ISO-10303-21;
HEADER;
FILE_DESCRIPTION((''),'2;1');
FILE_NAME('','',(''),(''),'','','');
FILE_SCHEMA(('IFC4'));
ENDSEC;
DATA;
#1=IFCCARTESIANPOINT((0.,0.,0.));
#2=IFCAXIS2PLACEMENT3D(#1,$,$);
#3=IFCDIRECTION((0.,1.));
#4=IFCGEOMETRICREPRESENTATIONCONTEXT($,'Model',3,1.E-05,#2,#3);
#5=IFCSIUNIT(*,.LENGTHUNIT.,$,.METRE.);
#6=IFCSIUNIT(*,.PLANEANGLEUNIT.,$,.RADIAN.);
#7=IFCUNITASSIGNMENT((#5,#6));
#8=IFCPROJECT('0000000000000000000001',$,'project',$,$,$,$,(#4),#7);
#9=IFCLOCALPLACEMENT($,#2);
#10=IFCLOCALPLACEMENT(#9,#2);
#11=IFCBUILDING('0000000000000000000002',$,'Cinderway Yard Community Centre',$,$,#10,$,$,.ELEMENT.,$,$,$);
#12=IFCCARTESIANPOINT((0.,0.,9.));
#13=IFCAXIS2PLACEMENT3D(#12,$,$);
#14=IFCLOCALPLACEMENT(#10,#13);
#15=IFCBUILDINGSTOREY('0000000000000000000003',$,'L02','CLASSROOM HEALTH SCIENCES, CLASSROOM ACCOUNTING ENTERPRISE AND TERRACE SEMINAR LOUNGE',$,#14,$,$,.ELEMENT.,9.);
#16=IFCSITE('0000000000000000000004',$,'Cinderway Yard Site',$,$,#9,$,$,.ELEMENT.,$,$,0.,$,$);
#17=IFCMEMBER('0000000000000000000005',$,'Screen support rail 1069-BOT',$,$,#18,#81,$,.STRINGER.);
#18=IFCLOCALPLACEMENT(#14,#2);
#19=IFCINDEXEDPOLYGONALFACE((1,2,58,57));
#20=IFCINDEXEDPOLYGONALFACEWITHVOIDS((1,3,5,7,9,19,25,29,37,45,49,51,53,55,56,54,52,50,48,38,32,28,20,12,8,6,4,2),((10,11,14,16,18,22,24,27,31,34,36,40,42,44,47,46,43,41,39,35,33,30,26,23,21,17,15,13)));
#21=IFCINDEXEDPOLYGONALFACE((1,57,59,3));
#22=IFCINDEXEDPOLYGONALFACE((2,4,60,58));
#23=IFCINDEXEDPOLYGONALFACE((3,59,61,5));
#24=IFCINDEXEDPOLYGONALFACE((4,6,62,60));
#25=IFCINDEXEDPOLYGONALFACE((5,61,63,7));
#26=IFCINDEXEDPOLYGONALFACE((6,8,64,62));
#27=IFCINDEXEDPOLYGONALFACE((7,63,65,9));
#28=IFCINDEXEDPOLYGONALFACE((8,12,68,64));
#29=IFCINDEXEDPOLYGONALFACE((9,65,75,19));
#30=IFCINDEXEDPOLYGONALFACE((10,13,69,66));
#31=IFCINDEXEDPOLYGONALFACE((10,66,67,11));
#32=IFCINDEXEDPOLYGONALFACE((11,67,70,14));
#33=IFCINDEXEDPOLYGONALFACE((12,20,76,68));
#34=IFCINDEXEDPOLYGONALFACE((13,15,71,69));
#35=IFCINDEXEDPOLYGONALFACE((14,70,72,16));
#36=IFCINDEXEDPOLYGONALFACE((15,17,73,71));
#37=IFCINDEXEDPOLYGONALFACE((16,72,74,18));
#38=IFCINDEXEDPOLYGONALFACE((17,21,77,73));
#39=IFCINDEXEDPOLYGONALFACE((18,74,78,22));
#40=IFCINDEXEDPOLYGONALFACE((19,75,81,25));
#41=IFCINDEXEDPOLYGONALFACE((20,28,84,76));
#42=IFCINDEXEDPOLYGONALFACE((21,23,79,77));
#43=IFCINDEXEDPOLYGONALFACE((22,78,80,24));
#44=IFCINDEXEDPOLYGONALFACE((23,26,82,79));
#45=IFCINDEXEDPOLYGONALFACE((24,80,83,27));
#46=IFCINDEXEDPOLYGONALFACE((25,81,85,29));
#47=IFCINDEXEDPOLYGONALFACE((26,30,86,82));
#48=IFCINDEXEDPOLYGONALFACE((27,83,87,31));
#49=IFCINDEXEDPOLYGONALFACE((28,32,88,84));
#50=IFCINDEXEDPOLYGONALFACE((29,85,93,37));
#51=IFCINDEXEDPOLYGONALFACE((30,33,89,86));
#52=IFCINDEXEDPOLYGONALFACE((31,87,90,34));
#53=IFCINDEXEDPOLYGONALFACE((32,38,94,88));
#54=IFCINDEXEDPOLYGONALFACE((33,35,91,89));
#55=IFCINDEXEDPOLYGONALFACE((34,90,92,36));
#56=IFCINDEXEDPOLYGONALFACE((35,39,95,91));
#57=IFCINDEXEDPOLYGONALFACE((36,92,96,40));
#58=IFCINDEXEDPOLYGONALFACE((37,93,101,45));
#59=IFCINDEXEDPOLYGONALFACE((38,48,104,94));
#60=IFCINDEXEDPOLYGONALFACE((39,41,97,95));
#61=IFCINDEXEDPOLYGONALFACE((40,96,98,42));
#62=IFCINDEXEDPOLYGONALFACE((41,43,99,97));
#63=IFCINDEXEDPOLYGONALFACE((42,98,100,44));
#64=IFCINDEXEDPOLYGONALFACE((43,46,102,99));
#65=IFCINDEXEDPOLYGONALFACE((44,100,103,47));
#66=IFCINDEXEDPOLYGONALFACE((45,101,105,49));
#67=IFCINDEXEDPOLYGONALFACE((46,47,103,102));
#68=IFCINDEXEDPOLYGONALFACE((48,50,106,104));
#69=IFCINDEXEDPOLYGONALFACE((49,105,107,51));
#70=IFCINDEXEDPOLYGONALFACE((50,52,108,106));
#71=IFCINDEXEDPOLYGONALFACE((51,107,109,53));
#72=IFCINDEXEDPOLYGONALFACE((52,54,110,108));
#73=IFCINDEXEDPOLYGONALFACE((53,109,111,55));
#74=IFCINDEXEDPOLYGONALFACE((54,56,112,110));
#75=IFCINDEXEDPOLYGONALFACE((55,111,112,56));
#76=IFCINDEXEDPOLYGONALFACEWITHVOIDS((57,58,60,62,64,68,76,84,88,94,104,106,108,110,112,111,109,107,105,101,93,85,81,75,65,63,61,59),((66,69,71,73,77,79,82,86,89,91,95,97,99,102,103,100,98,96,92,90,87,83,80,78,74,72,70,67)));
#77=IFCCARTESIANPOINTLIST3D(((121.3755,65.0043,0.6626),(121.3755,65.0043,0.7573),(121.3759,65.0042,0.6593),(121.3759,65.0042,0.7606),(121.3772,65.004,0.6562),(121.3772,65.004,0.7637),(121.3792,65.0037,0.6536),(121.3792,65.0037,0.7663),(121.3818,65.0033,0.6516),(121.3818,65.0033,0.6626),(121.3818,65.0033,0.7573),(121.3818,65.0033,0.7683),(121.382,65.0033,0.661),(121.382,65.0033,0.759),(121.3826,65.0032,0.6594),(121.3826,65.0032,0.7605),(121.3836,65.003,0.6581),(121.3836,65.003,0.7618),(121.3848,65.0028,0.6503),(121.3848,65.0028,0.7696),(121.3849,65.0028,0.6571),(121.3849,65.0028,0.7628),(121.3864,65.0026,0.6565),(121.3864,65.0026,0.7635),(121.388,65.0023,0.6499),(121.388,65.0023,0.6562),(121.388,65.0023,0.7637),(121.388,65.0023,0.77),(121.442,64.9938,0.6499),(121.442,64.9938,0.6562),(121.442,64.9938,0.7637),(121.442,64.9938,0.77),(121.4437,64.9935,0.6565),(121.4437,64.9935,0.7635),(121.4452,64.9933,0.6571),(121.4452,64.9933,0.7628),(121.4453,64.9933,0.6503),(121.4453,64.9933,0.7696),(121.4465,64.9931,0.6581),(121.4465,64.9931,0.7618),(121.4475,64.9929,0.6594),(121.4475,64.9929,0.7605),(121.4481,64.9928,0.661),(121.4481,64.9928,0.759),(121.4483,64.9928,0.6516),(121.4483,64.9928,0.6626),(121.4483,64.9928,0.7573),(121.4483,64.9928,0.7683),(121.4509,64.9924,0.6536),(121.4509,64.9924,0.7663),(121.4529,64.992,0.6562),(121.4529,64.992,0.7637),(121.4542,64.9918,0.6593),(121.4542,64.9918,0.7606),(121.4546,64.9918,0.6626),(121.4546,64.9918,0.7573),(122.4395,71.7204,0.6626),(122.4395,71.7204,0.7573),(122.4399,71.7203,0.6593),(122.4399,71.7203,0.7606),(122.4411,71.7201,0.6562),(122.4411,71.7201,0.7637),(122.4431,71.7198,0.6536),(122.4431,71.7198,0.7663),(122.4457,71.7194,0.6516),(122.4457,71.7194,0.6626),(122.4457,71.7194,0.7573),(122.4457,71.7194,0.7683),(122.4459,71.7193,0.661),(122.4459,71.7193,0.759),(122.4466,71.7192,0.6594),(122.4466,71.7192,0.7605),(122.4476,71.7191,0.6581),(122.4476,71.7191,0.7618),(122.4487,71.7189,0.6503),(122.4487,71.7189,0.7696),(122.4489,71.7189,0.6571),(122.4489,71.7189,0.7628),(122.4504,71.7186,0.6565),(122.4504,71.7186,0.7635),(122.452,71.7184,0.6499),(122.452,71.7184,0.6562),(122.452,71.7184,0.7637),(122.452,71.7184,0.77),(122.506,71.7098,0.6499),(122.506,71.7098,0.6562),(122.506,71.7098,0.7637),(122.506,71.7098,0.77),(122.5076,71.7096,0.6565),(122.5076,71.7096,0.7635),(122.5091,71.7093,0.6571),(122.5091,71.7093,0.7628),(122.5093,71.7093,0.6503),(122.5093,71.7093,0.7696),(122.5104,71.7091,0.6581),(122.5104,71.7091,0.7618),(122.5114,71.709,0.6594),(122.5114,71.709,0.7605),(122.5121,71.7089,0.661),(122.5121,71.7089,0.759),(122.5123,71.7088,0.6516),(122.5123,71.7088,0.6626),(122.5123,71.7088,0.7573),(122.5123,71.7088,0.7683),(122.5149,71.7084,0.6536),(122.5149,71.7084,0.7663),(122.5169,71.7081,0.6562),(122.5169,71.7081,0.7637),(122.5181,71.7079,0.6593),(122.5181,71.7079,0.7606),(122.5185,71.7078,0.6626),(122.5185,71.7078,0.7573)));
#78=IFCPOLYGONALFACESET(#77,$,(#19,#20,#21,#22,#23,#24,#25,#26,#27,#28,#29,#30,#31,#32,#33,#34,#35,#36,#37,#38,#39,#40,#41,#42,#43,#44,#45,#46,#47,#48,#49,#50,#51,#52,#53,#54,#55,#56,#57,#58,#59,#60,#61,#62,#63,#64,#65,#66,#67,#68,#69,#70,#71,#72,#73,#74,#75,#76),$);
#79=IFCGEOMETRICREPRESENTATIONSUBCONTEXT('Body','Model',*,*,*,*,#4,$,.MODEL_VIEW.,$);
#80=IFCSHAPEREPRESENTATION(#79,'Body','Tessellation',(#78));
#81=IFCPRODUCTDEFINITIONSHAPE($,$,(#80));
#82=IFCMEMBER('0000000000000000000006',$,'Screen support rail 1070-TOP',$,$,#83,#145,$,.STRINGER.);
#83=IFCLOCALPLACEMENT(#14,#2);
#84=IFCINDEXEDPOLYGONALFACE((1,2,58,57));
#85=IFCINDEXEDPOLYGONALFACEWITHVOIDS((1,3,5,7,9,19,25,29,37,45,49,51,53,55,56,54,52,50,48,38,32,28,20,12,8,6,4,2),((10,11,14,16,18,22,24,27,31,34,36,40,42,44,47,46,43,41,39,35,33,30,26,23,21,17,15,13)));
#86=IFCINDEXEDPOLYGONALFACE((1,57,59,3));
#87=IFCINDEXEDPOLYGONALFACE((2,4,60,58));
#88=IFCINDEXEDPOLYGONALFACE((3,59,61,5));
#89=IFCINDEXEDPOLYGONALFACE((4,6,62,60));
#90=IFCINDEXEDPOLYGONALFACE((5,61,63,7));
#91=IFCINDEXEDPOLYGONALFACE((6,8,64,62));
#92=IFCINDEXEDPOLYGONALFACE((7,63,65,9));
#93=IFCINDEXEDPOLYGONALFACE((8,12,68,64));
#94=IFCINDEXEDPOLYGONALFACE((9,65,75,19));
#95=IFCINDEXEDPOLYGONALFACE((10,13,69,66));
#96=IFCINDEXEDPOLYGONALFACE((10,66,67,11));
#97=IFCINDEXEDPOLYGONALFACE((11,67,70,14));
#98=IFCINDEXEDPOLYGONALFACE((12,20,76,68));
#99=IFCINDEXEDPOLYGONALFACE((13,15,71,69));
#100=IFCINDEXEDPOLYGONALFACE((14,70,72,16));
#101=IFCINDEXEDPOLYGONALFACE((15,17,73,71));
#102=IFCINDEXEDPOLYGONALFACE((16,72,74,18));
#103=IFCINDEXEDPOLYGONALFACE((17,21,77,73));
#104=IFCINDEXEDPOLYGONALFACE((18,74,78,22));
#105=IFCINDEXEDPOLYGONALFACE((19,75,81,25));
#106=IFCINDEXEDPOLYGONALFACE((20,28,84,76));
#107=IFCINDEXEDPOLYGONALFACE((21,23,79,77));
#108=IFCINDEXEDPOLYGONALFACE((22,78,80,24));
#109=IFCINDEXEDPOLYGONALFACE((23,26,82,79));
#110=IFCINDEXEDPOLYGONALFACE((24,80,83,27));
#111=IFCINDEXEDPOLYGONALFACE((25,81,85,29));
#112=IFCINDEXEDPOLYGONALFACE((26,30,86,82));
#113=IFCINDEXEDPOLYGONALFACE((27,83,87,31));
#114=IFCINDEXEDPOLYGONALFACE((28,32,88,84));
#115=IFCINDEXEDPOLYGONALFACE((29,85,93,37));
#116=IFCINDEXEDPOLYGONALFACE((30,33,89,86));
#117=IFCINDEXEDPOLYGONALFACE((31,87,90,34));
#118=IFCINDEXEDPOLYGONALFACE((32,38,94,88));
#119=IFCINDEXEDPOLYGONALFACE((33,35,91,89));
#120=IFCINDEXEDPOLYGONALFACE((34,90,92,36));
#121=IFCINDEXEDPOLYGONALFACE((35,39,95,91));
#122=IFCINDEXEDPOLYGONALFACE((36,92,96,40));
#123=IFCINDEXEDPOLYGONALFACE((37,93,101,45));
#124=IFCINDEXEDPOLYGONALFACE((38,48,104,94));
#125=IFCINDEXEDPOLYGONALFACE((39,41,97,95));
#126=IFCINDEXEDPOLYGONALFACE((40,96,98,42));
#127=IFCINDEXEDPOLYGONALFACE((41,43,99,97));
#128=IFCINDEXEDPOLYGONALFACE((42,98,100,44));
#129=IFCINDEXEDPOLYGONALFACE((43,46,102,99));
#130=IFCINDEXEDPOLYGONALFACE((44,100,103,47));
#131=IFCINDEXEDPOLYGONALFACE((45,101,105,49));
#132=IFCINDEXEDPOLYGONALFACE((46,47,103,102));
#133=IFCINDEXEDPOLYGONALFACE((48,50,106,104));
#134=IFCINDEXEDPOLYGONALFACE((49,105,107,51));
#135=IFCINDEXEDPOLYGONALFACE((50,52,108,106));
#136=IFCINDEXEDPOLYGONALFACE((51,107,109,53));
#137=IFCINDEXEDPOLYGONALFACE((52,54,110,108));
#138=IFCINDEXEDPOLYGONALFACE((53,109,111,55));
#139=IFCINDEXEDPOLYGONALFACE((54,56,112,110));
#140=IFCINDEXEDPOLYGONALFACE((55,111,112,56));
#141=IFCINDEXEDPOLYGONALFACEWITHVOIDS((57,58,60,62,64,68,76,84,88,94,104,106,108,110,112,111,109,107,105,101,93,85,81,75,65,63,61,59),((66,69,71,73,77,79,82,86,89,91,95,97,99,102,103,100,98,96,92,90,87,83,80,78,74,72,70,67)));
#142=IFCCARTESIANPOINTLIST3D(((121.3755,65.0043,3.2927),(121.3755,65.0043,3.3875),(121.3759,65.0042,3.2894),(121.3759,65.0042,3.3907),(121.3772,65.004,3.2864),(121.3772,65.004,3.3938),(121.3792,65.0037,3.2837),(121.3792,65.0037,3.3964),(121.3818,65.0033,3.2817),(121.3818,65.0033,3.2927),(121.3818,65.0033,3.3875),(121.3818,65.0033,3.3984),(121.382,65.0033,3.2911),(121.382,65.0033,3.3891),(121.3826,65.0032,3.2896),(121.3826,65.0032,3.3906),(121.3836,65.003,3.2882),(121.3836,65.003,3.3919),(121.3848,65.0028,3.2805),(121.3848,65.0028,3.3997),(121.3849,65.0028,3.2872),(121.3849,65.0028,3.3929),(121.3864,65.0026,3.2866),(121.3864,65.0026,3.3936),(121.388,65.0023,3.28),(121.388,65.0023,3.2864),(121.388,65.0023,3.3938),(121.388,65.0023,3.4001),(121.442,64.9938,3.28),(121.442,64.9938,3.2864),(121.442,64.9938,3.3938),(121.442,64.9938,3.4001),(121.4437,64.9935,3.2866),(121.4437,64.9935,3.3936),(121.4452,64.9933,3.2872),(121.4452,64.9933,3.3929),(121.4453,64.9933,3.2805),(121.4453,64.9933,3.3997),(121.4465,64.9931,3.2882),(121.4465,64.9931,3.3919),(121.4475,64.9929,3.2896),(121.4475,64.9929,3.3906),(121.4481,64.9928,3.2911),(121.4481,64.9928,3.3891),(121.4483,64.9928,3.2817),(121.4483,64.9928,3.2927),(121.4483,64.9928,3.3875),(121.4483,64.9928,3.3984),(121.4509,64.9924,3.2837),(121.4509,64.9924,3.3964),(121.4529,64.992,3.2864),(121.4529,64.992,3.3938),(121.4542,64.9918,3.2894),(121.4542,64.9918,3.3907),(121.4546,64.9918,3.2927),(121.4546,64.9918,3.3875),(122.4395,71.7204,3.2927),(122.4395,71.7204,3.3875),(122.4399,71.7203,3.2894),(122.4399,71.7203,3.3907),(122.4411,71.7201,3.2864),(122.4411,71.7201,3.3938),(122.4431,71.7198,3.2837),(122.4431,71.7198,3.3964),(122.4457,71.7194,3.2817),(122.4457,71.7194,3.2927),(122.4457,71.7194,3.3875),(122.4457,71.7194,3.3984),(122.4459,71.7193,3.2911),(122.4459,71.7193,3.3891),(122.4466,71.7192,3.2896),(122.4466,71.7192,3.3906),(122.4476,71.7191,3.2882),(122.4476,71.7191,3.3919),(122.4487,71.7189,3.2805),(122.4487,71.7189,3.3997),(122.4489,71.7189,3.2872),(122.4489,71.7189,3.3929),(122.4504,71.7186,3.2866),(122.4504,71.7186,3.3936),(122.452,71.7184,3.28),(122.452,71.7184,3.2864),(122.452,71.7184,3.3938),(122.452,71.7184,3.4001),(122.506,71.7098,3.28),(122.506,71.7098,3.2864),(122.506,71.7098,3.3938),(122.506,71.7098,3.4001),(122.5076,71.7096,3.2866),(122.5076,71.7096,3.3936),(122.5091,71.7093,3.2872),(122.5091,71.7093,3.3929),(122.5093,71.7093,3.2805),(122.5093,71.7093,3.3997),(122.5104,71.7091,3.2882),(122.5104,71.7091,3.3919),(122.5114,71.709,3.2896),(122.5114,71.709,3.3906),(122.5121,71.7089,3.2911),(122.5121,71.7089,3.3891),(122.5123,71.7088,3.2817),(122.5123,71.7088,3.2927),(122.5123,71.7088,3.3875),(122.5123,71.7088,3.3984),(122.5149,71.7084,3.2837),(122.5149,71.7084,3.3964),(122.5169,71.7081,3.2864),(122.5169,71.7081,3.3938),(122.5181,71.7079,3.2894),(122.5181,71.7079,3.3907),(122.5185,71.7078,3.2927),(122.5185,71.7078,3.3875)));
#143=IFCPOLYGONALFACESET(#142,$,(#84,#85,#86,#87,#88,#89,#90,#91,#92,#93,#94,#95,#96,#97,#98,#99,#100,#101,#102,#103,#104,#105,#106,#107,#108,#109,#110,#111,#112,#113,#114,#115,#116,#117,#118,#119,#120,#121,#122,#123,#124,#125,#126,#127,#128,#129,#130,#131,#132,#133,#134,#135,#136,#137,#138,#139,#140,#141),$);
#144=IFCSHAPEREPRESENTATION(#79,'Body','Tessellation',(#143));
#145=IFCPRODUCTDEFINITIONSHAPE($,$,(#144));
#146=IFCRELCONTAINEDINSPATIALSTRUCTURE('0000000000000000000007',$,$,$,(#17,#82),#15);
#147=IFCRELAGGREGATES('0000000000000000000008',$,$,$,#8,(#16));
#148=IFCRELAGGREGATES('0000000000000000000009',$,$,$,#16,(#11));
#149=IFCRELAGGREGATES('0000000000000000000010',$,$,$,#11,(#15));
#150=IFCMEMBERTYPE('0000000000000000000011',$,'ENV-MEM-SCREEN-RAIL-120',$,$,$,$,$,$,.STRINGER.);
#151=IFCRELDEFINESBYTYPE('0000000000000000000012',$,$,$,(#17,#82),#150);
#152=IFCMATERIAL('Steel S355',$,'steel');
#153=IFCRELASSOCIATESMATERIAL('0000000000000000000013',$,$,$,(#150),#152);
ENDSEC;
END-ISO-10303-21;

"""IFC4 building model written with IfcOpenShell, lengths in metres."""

from ifc_helpers import new_model, si_unit, direction, frame, origin, origin_2d, place, context, subcontext, project, spatial, hollow_rectangle, extrude, material, material_profile, profile_set, type_object, element, save


model = new_model("IFC4")

# Units and contexts
model_context = context("Model", 3, precision=1e-05, world=origin(), true_north=direction((0.0, 1.0)))
body_context = subcontext(model_context, "Body", "Model", "MODEL_VIEW")
ifc_project = project(units=[si_unit("LENGTHUNIT", "METRE"), si_unit("PLANEANGLEUNIT", "RADIAN")], contexts=[model_context])

# Site, building, storey
site_placement = place(None, origin())
site = spatial("IfcSite", under=ifc_project, at=site_placement, Name="Cinderway Yard Site", CompositionType="ELEMENT", RefElevation=0.0)
building_placement = place(site_placement, origin())
building = spatial("IfcBuilding", under=site, at=building_placement, Name="Cinderway Yard Community Centre", CompositionType="ELEMENT")
storey_placement = place(building_placement, frame((0.0, 0.0, 9.0)))
storey = spatial("IfcBuildingStorey", under=building, at=storey_placement, Name="L02", Description="CLASSROOM HEALTH SCIENCES, CLASSROOM ACCOUNTING ENTERPRISE AND TERRACE SEMINAR LOUNGE", CompositionType="ELEMENT", Elevation=9.0)

# Members
ifc_material_1 = material(Name="Steel S355", Category="steel")
ifc_material_profile_1 = material_profile(ifc_material_1, hollow_rectangle(XDim=0.0801, YDim=0.1201, WallThickness=0.0063, InnerFilletRadius=0.0063, OuterFilletRadius=0.0127, at=origin_2d()), Name="Steel S355")
ifc_profile_set_1 = profile_set([ifc_material_profile_1], Name="Steel S355")
member_type_1 = type_object("IfcMemberType", Name="ENV-MEM-SCREEN-RAIL-120", PredefinedType="STRINGER", material=ifc_profile_set_1)
for number, where, z_axis, x_axis, name in (
    (1, (121.415, 64.998, 0.71), (0.15647, 0.987683, 0.0), (-0.987683, 0.15647, 0.0), "Screen support rail 1069-BOT"),
    (2, (121.415, 64.998, 3.3401), (0.15647, 0.987683, 0.0), (-0.987683, 0.15647, 0.0), "Screen support rail 1070-TOP"),
):
    element("IfcMember", number, at=place(storey_placement, frame(where, z_axis=z_axis, x_axis=x_axis)), inside=storey, type_object=member_type_1, Name=name, PredefinedType="STRINGER", context=body_context, shape_type="SweptSolid", body=[
        extrude(hollow_rectangle(XDim=0.0801, YDim=0.1201, WallThickness=0.0063, InnerFilletRadius=0.0063, OuterFilletRadius=0.0127, at=origin_2d()), origin(), (0.0, 0.0, 1.0), 6.7998),
    ])

save(model, "model.ifc")
